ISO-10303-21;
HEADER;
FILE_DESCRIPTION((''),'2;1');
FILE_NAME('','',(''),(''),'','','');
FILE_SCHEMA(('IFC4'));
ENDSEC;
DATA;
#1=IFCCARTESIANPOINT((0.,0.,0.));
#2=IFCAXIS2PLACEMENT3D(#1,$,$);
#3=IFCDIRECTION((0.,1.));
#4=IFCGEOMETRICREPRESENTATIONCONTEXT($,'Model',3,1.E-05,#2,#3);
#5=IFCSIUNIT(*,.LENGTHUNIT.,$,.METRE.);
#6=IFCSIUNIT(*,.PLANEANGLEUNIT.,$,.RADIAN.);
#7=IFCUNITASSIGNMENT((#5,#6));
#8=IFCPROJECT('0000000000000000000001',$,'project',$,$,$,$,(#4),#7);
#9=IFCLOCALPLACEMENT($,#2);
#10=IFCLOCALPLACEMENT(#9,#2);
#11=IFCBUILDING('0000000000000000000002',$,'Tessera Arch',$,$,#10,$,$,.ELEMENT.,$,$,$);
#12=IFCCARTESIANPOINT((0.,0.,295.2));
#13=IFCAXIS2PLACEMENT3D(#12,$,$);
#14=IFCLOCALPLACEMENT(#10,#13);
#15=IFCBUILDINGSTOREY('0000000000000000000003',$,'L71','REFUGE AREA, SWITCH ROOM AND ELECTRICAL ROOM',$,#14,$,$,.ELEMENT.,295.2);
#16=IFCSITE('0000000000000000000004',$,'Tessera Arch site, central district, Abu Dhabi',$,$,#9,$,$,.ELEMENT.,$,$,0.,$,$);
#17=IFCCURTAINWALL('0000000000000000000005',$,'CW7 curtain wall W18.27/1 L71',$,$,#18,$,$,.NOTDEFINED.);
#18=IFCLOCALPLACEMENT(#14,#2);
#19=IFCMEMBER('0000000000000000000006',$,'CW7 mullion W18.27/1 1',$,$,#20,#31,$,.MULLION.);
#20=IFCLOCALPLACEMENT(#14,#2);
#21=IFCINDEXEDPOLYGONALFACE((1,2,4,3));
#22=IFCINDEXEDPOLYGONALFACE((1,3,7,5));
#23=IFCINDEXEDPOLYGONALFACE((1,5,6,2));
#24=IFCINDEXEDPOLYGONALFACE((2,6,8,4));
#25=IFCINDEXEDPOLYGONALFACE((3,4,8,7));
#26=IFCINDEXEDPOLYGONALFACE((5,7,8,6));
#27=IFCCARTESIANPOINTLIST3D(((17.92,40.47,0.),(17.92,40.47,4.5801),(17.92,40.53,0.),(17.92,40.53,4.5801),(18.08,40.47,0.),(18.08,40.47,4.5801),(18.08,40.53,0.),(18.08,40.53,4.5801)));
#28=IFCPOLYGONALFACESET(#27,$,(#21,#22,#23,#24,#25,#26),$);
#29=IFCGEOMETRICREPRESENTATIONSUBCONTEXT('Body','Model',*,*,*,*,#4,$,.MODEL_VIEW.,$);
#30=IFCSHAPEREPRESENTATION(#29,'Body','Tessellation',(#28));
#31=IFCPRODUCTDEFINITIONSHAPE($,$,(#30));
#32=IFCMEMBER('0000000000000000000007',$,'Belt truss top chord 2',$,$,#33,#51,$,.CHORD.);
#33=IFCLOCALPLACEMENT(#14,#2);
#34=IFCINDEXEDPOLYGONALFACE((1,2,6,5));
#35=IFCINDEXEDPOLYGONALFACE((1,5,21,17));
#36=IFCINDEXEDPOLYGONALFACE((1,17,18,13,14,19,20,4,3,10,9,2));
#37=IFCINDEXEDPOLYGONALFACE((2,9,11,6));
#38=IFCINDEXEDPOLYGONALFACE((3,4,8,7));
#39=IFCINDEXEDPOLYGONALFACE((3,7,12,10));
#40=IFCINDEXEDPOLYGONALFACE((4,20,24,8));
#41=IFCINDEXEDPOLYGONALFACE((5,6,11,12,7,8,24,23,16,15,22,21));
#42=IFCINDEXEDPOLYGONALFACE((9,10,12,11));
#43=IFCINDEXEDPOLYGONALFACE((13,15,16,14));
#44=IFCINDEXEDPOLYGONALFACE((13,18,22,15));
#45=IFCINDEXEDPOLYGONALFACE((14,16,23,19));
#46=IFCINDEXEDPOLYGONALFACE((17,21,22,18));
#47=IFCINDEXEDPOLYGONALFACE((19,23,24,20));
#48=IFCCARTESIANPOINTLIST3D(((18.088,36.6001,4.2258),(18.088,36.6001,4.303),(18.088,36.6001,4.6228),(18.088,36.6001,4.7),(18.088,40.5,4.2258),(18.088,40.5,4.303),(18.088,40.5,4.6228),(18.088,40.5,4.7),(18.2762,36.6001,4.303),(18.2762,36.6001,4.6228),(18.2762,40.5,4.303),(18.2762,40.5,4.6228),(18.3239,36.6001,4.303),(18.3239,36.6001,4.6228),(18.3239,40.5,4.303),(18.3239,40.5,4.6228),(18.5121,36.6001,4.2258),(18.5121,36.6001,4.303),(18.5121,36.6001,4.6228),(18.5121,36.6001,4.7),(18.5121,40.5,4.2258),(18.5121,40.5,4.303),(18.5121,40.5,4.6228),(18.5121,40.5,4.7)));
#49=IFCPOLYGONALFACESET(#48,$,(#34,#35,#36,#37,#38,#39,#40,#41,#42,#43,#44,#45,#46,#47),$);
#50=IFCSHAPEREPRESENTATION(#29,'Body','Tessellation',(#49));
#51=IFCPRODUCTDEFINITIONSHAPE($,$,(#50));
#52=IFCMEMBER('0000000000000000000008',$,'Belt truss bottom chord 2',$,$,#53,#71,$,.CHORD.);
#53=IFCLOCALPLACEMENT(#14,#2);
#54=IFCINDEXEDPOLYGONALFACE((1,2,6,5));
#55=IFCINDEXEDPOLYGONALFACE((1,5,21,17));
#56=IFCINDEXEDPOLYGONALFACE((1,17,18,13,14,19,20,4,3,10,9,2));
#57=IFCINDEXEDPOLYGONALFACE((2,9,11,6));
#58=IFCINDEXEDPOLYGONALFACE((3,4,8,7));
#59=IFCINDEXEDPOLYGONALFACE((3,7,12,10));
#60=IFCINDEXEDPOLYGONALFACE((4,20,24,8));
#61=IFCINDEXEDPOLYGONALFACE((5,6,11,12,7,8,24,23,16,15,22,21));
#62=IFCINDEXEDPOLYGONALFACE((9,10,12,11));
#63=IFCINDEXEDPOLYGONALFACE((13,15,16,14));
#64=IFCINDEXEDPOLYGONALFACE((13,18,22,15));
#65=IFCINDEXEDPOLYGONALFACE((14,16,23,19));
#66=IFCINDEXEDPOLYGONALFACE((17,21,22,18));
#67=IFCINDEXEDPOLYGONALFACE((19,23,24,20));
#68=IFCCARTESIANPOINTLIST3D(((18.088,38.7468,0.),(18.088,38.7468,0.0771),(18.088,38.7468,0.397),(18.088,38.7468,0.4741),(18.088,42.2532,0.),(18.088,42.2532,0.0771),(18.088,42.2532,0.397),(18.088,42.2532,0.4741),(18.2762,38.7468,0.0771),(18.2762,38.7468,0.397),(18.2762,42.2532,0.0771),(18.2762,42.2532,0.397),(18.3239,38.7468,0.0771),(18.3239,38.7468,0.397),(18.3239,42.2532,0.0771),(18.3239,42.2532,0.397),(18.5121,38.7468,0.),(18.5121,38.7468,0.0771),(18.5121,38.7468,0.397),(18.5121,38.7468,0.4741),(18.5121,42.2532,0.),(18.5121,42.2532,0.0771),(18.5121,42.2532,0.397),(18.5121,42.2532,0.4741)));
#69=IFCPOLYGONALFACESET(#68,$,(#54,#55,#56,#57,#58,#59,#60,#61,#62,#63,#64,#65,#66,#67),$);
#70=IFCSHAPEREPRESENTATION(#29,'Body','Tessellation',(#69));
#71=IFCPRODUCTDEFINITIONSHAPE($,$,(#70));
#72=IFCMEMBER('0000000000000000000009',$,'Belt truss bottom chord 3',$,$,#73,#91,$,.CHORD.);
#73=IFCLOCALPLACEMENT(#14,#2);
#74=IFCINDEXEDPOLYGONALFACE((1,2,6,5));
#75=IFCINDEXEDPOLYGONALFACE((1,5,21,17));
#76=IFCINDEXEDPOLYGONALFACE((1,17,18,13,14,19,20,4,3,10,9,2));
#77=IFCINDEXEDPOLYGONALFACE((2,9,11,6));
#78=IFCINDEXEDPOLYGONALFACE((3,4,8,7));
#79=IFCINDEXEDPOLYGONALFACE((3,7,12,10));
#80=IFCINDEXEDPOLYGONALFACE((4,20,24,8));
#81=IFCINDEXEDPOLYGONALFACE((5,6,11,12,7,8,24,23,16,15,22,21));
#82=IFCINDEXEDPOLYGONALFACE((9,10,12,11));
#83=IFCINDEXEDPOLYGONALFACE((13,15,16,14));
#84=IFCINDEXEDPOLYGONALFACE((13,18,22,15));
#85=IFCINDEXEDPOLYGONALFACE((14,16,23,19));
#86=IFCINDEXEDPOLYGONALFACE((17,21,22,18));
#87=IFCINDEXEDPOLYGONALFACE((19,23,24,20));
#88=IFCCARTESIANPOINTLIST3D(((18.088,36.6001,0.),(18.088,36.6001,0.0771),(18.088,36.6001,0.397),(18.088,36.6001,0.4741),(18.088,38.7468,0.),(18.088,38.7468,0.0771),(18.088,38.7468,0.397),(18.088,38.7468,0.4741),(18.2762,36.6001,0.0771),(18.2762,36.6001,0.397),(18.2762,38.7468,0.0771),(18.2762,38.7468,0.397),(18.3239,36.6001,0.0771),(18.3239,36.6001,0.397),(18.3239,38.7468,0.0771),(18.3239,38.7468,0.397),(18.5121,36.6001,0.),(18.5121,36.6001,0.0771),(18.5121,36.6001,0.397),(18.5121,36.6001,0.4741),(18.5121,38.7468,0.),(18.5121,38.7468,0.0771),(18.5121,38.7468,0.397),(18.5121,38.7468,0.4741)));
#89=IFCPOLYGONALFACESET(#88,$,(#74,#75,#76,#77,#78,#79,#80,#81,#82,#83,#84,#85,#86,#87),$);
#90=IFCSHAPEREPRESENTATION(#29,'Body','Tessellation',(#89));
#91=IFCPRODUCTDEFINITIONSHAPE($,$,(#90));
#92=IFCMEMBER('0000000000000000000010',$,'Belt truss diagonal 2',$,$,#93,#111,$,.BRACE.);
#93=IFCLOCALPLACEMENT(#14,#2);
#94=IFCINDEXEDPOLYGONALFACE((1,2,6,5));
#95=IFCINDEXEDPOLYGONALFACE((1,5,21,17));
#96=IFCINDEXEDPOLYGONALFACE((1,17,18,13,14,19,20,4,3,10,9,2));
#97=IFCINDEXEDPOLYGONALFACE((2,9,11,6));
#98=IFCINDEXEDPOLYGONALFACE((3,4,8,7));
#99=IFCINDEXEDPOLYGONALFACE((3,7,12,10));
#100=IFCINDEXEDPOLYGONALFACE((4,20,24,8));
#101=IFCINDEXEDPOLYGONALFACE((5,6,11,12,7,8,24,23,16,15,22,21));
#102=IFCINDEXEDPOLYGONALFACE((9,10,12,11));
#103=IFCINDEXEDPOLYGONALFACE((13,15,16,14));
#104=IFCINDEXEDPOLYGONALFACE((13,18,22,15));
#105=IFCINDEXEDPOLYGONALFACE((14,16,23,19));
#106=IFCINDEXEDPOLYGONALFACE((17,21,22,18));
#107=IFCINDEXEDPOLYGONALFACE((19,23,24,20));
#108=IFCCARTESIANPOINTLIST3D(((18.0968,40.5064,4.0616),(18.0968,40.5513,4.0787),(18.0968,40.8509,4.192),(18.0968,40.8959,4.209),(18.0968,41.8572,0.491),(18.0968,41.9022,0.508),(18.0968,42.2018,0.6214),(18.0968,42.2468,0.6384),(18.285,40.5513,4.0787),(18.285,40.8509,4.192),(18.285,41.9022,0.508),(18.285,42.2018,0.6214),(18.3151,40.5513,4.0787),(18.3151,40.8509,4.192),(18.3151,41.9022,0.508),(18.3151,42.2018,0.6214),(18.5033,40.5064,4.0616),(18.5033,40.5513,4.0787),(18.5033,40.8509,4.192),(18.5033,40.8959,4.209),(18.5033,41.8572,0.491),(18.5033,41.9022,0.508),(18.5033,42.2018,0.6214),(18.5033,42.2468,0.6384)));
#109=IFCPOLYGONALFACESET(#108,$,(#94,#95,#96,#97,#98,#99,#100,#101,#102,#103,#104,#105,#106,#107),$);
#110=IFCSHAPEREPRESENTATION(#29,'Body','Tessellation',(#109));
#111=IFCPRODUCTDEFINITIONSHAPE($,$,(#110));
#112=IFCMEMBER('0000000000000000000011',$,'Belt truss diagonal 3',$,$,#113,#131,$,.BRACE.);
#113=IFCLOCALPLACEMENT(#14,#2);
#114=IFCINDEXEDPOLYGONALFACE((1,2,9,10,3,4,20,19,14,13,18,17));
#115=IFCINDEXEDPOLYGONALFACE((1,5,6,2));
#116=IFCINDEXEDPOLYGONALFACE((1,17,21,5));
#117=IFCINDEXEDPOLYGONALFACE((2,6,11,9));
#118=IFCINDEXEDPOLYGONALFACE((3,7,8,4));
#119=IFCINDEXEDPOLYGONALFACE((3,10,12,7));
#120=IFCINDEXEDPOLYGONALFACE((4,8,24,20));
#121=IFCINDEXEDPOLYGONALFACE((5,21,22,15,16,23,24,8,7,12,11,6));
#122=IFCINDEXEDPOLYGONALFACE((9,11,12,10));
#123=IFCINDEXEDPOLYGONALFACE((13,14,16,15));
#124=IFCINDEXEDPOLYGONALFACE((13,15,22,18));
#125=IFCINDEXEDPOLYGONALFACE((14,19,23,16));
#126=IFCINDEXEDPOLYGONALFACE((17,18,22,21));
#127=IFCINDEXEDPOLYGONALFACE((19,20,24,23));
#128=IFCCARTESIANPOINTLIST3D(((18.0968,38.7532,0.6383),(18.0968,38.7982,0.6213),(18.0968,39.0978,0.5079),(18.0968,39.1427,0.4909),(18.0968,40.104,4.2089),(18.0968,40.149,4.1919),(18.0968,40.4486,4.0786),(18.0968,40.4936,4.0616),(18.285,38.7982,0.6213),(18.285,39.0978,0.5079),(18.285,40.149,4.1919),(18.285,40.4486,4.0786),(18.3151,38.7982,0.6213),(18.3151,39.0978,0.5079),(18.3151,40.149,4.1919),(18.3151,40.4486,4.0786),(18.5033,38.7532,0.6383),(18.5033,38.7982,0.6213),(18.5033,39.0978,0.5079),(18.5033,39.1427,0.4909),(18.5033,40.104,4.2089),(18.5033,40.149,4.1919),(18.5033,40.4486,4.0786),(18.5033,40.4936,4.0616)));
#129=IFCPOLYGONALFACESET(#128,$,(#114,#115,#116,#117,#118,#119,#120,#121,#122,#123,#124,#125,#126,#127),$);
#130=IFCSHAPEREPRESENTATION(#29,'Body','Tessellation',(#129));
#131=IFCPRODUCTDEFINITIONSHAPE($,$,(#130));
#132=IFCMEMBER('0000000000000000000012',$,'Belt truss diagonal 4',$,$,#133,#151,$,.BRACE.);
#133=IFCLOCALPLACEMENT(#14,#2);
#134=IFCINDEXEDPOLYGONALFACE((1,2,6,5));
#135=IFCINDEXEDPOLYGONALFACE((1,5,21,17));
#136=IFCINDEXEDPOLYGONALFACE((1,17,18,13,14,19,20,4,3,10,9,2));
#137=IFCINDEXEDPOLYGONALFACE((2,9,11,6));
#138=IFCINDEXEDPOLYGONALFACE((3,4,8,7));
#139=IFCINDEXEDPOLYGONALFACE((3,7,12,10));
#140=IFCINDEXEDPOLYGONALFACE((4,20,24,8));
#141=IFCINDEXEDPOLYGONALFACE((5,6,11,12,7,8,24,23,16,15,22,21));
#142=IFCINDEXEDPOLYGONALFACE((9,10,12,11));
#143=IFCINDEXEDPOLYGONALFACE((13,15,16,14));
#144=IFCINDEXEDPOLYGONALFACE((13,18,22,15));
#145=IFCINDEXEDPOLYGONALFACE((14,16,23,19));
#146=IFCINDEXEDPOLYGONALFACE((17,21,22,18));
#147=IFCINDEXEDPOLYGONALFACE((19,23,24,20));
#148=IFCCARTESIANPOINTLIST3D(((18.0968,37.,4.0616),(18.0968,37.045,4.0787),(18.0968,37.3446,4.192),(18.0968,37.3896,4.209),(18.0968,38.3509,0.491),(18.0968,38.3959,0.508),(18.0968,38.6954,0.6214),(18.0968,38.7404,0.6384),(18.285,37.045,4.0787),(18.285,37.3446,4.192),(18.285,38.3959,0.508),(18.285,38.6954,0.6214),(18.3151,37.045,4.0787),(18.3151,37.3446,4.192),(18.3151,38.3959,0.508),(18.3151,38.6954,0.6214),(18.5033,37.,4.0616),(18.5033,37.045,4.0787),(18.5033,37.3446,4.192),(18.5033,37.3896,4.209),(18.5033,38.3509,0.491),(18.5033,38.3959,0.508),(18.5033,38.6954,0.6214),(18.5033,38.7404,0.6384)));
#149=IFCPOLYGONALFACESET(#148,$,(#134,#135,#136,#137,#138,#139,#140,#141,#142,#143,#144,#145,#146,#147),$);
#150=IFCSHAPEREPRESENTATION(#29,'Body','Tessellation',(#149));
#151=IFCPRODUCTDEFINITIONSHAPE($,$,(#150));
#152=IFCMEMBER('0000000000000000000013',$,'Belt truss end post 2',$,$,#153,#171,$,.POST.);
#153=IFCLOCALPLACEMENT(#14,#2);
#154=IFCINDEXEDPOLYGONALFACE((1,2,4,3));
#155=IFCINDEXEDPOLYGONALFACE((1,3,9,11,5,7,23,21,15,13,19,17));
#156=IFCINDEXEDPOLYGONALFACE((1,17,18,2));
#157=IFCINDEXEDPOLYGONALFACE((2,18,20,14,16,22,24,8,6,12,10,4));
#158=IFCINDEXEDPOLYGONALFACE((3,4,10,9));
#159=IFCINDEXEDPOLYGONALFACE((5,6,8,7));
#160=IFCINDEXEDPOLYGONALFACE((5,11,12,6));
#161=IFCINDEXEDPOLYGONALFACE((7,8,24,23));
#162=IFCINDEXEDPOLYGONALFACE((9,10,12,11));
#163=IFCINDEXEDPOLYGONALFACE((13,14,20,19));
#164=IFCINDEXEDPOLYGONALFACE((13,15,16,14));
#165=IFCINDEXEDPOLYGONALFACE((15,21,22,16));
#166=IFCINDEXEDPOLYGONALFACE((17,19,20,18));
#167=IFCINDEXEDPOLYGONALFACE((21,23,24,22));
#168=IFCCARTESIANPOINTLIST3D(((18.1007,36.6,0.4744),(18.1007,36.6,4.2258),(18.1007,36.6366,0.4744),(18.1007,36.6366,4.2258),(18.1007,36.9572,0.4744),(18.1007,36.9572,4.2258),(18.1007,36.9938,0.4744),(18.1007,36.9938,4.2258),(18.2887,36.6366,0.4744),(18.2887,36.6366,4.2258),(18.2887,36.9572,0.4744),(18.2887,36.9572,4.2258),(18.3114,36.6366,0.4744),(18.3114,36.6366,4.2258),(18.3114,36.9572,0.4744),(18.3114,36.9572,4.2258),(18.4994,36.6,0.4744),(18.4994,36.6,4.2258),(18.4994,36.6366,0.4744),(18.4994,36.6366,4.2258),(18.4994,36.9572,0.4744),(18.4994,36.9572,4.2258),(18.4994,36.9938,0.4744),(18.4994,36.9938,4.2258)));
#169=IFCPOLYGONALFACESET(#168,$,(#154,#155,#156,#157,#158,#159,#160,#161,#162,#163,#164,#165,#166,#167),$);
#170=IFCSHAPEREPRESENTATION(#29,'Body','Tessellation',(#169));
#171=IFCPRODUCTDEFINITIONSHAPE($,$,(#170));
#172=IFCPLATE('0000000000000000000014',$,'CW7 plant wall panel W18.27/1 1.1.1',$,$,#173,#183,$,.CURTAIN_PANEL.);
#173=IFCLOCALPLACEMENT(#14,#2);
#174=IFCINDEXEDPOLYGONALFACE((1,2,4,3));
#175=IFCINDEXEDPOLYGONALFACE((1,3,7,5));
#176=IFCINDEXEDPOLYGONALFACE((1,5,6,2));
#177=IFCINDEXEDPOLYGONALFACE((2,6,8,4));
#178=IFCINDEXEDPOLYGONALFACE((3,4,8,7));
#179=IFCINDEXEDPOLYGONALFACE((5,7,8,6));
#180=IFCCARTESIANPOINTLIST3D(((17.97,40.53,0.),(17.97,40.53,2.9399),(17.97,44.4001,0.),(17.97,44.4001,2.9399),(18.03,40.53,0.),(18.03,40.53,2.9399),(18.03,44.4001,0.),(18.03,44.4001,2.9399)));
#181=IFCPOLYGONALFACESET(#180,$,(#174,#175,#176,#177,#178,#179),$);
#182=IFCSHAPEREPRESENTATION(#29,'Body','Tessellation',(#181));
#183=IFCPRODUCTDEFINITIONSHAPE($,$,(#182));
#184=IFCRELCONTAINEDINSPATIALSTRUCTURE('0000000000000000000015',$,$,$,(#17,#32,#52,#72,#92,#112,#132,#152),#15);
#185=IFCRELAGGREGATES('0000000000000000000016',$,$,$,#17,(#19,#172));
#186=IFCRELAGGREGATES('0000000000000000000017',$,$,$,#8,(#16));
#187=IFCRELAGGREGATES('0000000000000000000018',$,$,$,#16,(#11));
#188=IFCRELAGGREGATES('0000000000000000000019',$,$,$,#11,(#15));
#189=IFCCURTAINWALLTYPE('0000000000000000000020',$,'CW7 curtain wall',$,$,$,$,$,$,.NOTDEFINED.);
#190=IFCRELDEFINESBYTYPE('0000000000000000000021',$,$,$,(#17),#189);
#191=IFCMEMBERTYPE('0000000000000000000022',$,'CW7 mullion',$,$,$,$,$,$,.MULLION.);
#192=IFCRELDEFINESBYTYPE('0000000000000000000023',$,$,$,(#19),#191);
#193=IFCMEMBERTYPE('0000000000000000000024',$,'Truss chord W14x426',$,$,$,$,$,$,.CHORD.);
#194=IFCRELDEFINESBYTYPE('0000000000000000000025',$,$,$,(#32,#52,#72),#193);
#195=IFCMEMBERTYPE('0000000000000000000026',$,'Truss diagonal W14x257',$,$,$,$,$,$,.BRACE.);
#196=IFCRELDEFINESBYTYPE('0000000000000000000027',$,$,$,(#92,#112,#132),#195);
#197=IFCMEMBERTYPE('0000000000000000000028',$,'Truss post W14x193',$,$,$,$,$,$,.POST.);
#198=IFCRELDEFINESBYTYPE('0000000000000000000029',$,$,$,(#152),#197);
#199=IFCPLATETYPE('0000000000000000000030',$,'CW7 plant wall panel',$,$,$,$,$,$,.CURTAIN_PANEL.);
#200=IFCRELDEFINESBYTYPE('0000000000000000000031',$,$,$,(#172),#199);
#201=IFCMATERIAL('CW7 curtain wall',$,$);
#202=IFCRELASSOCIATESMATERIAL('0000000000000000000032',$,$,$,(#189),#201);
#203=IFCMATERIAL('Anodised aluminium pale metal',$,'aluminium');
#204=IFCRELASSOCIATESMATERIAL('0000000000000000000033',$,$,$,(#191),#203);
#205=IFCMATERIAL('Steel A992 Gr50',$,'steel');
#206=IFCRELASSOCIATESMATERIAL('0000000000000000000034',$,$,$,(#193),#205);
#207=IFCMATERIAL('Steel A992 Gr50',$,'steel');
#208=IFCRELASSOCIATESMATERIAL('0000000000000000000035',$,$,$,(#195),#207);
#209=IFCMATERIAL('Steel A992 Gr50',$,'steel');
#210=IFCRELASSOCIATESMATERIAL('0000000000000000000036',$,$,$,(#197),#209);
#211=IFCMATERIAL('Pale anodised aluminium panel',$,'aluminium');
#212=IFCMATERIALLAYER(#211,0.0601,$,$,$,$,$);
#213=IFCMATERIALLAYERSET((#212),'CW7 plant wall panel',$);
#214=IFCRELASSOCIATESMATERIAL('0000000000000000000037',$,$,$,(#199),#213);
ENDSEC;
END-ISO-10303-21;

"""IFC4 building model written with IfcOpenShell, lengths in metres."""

from ifc_helpers import new_model, si_unit, direction, frame, origin, origin_2d, place, context, subcontext, project, spatial, rectangle, i_section, extrude, material, layer, layer_set, material_profile, profile_set, type_object, element, aggregate, save


model = new_model("IFC4")

# Units and contexts
model_context = context("Model", 3, precision=1e-05, world=origin(), true_north=direction((0.0, 1.0)))
body_context = subcontext(model_context, "Body", "Model", "MODEL_VIEW")
ifc_project = project(units=[si_unit("LENGTHUNIT", "METRE"), si_unit("PLANEANGLEUNIT", "RADIAN")], contexts=[model_context])

# Site, building, storey
site_placement = place(None, origin())
site = spatial("IfcSite", under=ifc_project, at=site_placement, Name="Tessera Arch site, central district, Abu Dhabi", CompositionType="ELEMENT", RefElevation=0.0)
building_placement = place(site_placement, origin())
building = spatial("IfcBuilding", under=site, at=building_placement, Name="Tessera Arch", CompositionType="ELEMENT")
storey_placement = place(building_placement, frame((0.0, 0.0, 295.2)))
storey = spatial("IfcBuildingStorey", under=building, at=storey_placement, Name="L71", Description="REFUGE AREA, SWITCH ROOM AND ELECTRICAL ROOM", CompositionType="ELEMENT", Elevation=295.2)

# Curtain wall, member
ifc_material_1 = material(Name="CW7 curtain wall")
curtain_wall_type = type_object("IfcCurtainWallType", Name="CW7 curtain wall", PredefinedType="NOTDEFINED", material=ifc_material_1)
curtain_wall_placement = place(storey_placement, origin())
curtain_wall = element("IfcCurtainWall", 1, at=curtain_wall_placement, inside=storey, type_object=curtain_wall_type, Name="CW7 curtain wall W18.27/1 L71", PredefinedType="NOTDEFINED")
ifc_material_2 = material(Name="Anodised aluminium pale metal", Category="aluminium")
ifc_material_profile_1 = material_profile(ifc_material_2, rectangle(XDim=0.1599, YDim=0.0601, at=origin_2d()), Name="AL 60x160")
ifc_profile_set_1 = profile_set([ifc_material_profile_1], Name="Anodised aluminium pale metal")
member_type_1 = type_object("IfcMemberType", Name="CW7 mullion", PredefinedType="MULLION", material=ifc_profile_set_1)
member_1_placement = place(storey_placement, frame((18.0, 40.5, 0.0), z_axis=(0.0, 0.0, 1.0), x_axis=(1.0, 0.0, 0.0)))
member_1 = element("IfcMember", 2, at=member_1_placement, type_object=member_type_1, Name="CW7 mullion W18.27/1 1", PredefinedType="MULLION", context=body_context, shape_type="SweptSolid", body=[
    extrude(rectangle(XDim=0.1599, YDim=0.0601, at=origin_2d()), origin(), (0.0, 0.0, 1.0), 4.5801),
])

# Members
ifc_material_3 = material(Name="Steel A992 Gr50", Category="steel")
ifc_material_profile_2 = material_profile(ifc_material_3, i_section(OverallWidth=0.4241, OverallDepth=0.4741, WebThickness=0.0476, FlangeThickness=0.0771, at=origin_2d()), Name="W14x426")
ifc_profile_set_2 = profile_set([ifc_material_profile_2], Name="Steel A992 Gr50")
member_type_2 = type_object("IfcMemberType", Name="Truss chord W14x426", PredefinedType="CHORD", material=ifc_profile_set_2)
member_2_placement = place(storey_placement, frame((18.3, 40.5, 4.4629), z_axis=(0.0, -1.0, 0.0), x_axis=(1.0, 0.0, 0.0)))
element("IfcMember", 3, at=member_2_placement, inside=storey, type_object=member_type_2, Name="Belt truss top chord 2", PredefinedType="CHORD", context=body_context, shape_type="SweptSolid", body=[
    extrude(i_section(OverallWidth=0.4241, OverallDepth=0.4741, WebThickness=0.0476, FlangeThickness=0.0771, at=origin_2d()), origin(), (0.0, 0.0, 1.0), 3.8999),
])
member_3_placement = place(storey_placement, frame((18.3, 42.2532, 0.2371), z_axis=(0.0, -1.0, 0.0), x_axis=(1.0, 0.0, 0.0)))
element("IfcMember", 4, at=member_3_placement, inside=storey, type_object=member_type_2, Name="Belt truss bottom chord 2", PredefinedType="CHORD", context=body_context, shape_type="SweptSolid", body=[
    extrude(i_section(OverallWidth=0.4241, OverallDepth=0.4741, WebThickness=0.0476, FlangeThickness=0.0771, at=origin_2d()), origin(), (0.0, 0.0, 1.0), 3.5063),
])
member_4_placement = place(storey_placement, frame((18.3, 38.7468, 0.2371), z_axis=(0.0, -1.0, 0.0), x_axis=(1.0, 0.0, 0.0)))
element("IfcMember", 5, at=member_4_placement, inside=storey, type_object=member_type_2, Name="Belt truss bottom chord 3", PredefinedType="CHORD", context=body_context, shape_type="SweptSolid", body=[
    extrude(i_section(OverallWidth=0.4241, OverallDepth=0.4741, WebThickness=0.0476, FlangeThickness=0.0771, at=origin_2d()), origin(), (0.0, 0.0, 1.0), 2.1467),
])
ifc_material_4 = material(Name="Steel A992 Gr50", Category="steel")
ifc_material_profile_3 = material_profile(ifc_material_4, i_section(OverallWidth=0.4065, OverallDepth=0.4165, WebThickness=0.03, FlangeThickness=0.0481, at=origin_2d()), Name="W14x257")
ifc_profile_set_3 = profile_set([ifc_material_profile_3], Name="Steel A992 Gr50")
member_type_3 = type_object("IfcMemberType", Name="Truss diagonal W14x257", PredefinedType="BRACE", material=ifc_profile_set_3)
for number, where, z_axis, x_axis, name in (
    (6, (18.3, 42.052, 0.5647), (0.0, -0.353848, 0.935303), (1.0, 0.0, 0.0), "Belt truss diagonal 2"),
    (7, (18.3, 40.2988, 4.1353), (0.0, -0.353848, -0.935303), (1.0, 0.0, 0.0), "Belt truss diagonal 3"),
    (8, (18.3, 38.5457, 0.5647), (0.0, -0.353848, 0.935303), (1.0, 0.0, 0.0), "Belt truss diagonal 4"),
):
    element("IfcMember", number, at=place(storey_placement, frame(where, z_axis=z_axis, x_axis=x_axis)), inside=storey, type_object=member_type_3, Name=name, PredefinedType="BRACE", context=body_context, shape_type="SweptSolid", body=[
        extrude(i_section(OverallWidth=0.4065, OverallDepth=0.4165, WebThickness=0.03, FlangeThickness=0.0481, at=origin_2d()), origin(), (0.0, 0.0, 1.0), 3.8176),
    ])
ifc_material_5 = material(Name="Steel A992 Gr50", Category="steel")
ifc_material_profile_4 = material_profile(ifc_material_5, i_section(OverallWidth=0.3987, OverallDepth=0.3938, WebThickness=0.0227, FlangeThickness=0.0366, at=origin_2d()), Name="W14x193")
ifc_profile_set_4 = profile_set([ifc_material_profile_4], Name="Steel A992 Gr50")
member_type_4 = type_object("IfcMemberType", Name="Truss post W14x193", PredefinedType="POST", material=ifc_profile_set_4)
member_5_placement = place(storey_placement, frame((18.3, 36.7969, 0.4744), z_axis=(0.0, 0.0, 1.0), x_axis=(1.0, 0.0, 0.0)))
element("IfcMember", 9, at=member_5_placement, inside=storey, type_object=member_type_4, Name="Belt truss end post 2", PredefinedType="POST", context=body_context, shape_type="SweptSolid", body=[
    extrude(i_section(OverallWidth=0.3987, OverallDepth=0.3938, WebThickness=0.0227, FlangeThickness=0.0366, at=origin_2d()), origin(), (0.0, 0.0, 1.0), 3.7515),
])

# Plate
ifc_material_6 = material(Name="Pale anodised aluminium panel", Category="aluminium")
ifc_layer_1 = layer(ifc_material_6, 0.0601)
ifc_layer_set_1 = layer_set([ifc_layer_1], Name="CW7 plant wall panel")
plate_type_1 = type_object("IfcPlateType", Name="CW7 plant wall panel", PredefinedType="CURTAIN_PANEL", material=ifc_layer_set_1)
plate_1_placement = place(storey_placement, frame((18.0, 42.4651, 0.0), z_axis=(0.0, 0.0, 1.0), x_axis=(0.0, -1.0, 0.0)))
plate_1 = element("IfcPlate", 10, at=plate_1_placement, type_object=plate_type_1, Name="CW7 plant wall panel W18.27/1 1.1.1", PredefinedType="CURTAIN_PANEL", context=body_context, shape_type="SweptSolid", body=[
    extrude(rectangle(XDim=3.8701, YDim=0.0601, at=origin_2d()), origin(), (0.0, 0.0, 1.0), 2.9399),
])
aggregate(curtain_wall, [member_1, plate_1])

save(model, "model.ifc")
